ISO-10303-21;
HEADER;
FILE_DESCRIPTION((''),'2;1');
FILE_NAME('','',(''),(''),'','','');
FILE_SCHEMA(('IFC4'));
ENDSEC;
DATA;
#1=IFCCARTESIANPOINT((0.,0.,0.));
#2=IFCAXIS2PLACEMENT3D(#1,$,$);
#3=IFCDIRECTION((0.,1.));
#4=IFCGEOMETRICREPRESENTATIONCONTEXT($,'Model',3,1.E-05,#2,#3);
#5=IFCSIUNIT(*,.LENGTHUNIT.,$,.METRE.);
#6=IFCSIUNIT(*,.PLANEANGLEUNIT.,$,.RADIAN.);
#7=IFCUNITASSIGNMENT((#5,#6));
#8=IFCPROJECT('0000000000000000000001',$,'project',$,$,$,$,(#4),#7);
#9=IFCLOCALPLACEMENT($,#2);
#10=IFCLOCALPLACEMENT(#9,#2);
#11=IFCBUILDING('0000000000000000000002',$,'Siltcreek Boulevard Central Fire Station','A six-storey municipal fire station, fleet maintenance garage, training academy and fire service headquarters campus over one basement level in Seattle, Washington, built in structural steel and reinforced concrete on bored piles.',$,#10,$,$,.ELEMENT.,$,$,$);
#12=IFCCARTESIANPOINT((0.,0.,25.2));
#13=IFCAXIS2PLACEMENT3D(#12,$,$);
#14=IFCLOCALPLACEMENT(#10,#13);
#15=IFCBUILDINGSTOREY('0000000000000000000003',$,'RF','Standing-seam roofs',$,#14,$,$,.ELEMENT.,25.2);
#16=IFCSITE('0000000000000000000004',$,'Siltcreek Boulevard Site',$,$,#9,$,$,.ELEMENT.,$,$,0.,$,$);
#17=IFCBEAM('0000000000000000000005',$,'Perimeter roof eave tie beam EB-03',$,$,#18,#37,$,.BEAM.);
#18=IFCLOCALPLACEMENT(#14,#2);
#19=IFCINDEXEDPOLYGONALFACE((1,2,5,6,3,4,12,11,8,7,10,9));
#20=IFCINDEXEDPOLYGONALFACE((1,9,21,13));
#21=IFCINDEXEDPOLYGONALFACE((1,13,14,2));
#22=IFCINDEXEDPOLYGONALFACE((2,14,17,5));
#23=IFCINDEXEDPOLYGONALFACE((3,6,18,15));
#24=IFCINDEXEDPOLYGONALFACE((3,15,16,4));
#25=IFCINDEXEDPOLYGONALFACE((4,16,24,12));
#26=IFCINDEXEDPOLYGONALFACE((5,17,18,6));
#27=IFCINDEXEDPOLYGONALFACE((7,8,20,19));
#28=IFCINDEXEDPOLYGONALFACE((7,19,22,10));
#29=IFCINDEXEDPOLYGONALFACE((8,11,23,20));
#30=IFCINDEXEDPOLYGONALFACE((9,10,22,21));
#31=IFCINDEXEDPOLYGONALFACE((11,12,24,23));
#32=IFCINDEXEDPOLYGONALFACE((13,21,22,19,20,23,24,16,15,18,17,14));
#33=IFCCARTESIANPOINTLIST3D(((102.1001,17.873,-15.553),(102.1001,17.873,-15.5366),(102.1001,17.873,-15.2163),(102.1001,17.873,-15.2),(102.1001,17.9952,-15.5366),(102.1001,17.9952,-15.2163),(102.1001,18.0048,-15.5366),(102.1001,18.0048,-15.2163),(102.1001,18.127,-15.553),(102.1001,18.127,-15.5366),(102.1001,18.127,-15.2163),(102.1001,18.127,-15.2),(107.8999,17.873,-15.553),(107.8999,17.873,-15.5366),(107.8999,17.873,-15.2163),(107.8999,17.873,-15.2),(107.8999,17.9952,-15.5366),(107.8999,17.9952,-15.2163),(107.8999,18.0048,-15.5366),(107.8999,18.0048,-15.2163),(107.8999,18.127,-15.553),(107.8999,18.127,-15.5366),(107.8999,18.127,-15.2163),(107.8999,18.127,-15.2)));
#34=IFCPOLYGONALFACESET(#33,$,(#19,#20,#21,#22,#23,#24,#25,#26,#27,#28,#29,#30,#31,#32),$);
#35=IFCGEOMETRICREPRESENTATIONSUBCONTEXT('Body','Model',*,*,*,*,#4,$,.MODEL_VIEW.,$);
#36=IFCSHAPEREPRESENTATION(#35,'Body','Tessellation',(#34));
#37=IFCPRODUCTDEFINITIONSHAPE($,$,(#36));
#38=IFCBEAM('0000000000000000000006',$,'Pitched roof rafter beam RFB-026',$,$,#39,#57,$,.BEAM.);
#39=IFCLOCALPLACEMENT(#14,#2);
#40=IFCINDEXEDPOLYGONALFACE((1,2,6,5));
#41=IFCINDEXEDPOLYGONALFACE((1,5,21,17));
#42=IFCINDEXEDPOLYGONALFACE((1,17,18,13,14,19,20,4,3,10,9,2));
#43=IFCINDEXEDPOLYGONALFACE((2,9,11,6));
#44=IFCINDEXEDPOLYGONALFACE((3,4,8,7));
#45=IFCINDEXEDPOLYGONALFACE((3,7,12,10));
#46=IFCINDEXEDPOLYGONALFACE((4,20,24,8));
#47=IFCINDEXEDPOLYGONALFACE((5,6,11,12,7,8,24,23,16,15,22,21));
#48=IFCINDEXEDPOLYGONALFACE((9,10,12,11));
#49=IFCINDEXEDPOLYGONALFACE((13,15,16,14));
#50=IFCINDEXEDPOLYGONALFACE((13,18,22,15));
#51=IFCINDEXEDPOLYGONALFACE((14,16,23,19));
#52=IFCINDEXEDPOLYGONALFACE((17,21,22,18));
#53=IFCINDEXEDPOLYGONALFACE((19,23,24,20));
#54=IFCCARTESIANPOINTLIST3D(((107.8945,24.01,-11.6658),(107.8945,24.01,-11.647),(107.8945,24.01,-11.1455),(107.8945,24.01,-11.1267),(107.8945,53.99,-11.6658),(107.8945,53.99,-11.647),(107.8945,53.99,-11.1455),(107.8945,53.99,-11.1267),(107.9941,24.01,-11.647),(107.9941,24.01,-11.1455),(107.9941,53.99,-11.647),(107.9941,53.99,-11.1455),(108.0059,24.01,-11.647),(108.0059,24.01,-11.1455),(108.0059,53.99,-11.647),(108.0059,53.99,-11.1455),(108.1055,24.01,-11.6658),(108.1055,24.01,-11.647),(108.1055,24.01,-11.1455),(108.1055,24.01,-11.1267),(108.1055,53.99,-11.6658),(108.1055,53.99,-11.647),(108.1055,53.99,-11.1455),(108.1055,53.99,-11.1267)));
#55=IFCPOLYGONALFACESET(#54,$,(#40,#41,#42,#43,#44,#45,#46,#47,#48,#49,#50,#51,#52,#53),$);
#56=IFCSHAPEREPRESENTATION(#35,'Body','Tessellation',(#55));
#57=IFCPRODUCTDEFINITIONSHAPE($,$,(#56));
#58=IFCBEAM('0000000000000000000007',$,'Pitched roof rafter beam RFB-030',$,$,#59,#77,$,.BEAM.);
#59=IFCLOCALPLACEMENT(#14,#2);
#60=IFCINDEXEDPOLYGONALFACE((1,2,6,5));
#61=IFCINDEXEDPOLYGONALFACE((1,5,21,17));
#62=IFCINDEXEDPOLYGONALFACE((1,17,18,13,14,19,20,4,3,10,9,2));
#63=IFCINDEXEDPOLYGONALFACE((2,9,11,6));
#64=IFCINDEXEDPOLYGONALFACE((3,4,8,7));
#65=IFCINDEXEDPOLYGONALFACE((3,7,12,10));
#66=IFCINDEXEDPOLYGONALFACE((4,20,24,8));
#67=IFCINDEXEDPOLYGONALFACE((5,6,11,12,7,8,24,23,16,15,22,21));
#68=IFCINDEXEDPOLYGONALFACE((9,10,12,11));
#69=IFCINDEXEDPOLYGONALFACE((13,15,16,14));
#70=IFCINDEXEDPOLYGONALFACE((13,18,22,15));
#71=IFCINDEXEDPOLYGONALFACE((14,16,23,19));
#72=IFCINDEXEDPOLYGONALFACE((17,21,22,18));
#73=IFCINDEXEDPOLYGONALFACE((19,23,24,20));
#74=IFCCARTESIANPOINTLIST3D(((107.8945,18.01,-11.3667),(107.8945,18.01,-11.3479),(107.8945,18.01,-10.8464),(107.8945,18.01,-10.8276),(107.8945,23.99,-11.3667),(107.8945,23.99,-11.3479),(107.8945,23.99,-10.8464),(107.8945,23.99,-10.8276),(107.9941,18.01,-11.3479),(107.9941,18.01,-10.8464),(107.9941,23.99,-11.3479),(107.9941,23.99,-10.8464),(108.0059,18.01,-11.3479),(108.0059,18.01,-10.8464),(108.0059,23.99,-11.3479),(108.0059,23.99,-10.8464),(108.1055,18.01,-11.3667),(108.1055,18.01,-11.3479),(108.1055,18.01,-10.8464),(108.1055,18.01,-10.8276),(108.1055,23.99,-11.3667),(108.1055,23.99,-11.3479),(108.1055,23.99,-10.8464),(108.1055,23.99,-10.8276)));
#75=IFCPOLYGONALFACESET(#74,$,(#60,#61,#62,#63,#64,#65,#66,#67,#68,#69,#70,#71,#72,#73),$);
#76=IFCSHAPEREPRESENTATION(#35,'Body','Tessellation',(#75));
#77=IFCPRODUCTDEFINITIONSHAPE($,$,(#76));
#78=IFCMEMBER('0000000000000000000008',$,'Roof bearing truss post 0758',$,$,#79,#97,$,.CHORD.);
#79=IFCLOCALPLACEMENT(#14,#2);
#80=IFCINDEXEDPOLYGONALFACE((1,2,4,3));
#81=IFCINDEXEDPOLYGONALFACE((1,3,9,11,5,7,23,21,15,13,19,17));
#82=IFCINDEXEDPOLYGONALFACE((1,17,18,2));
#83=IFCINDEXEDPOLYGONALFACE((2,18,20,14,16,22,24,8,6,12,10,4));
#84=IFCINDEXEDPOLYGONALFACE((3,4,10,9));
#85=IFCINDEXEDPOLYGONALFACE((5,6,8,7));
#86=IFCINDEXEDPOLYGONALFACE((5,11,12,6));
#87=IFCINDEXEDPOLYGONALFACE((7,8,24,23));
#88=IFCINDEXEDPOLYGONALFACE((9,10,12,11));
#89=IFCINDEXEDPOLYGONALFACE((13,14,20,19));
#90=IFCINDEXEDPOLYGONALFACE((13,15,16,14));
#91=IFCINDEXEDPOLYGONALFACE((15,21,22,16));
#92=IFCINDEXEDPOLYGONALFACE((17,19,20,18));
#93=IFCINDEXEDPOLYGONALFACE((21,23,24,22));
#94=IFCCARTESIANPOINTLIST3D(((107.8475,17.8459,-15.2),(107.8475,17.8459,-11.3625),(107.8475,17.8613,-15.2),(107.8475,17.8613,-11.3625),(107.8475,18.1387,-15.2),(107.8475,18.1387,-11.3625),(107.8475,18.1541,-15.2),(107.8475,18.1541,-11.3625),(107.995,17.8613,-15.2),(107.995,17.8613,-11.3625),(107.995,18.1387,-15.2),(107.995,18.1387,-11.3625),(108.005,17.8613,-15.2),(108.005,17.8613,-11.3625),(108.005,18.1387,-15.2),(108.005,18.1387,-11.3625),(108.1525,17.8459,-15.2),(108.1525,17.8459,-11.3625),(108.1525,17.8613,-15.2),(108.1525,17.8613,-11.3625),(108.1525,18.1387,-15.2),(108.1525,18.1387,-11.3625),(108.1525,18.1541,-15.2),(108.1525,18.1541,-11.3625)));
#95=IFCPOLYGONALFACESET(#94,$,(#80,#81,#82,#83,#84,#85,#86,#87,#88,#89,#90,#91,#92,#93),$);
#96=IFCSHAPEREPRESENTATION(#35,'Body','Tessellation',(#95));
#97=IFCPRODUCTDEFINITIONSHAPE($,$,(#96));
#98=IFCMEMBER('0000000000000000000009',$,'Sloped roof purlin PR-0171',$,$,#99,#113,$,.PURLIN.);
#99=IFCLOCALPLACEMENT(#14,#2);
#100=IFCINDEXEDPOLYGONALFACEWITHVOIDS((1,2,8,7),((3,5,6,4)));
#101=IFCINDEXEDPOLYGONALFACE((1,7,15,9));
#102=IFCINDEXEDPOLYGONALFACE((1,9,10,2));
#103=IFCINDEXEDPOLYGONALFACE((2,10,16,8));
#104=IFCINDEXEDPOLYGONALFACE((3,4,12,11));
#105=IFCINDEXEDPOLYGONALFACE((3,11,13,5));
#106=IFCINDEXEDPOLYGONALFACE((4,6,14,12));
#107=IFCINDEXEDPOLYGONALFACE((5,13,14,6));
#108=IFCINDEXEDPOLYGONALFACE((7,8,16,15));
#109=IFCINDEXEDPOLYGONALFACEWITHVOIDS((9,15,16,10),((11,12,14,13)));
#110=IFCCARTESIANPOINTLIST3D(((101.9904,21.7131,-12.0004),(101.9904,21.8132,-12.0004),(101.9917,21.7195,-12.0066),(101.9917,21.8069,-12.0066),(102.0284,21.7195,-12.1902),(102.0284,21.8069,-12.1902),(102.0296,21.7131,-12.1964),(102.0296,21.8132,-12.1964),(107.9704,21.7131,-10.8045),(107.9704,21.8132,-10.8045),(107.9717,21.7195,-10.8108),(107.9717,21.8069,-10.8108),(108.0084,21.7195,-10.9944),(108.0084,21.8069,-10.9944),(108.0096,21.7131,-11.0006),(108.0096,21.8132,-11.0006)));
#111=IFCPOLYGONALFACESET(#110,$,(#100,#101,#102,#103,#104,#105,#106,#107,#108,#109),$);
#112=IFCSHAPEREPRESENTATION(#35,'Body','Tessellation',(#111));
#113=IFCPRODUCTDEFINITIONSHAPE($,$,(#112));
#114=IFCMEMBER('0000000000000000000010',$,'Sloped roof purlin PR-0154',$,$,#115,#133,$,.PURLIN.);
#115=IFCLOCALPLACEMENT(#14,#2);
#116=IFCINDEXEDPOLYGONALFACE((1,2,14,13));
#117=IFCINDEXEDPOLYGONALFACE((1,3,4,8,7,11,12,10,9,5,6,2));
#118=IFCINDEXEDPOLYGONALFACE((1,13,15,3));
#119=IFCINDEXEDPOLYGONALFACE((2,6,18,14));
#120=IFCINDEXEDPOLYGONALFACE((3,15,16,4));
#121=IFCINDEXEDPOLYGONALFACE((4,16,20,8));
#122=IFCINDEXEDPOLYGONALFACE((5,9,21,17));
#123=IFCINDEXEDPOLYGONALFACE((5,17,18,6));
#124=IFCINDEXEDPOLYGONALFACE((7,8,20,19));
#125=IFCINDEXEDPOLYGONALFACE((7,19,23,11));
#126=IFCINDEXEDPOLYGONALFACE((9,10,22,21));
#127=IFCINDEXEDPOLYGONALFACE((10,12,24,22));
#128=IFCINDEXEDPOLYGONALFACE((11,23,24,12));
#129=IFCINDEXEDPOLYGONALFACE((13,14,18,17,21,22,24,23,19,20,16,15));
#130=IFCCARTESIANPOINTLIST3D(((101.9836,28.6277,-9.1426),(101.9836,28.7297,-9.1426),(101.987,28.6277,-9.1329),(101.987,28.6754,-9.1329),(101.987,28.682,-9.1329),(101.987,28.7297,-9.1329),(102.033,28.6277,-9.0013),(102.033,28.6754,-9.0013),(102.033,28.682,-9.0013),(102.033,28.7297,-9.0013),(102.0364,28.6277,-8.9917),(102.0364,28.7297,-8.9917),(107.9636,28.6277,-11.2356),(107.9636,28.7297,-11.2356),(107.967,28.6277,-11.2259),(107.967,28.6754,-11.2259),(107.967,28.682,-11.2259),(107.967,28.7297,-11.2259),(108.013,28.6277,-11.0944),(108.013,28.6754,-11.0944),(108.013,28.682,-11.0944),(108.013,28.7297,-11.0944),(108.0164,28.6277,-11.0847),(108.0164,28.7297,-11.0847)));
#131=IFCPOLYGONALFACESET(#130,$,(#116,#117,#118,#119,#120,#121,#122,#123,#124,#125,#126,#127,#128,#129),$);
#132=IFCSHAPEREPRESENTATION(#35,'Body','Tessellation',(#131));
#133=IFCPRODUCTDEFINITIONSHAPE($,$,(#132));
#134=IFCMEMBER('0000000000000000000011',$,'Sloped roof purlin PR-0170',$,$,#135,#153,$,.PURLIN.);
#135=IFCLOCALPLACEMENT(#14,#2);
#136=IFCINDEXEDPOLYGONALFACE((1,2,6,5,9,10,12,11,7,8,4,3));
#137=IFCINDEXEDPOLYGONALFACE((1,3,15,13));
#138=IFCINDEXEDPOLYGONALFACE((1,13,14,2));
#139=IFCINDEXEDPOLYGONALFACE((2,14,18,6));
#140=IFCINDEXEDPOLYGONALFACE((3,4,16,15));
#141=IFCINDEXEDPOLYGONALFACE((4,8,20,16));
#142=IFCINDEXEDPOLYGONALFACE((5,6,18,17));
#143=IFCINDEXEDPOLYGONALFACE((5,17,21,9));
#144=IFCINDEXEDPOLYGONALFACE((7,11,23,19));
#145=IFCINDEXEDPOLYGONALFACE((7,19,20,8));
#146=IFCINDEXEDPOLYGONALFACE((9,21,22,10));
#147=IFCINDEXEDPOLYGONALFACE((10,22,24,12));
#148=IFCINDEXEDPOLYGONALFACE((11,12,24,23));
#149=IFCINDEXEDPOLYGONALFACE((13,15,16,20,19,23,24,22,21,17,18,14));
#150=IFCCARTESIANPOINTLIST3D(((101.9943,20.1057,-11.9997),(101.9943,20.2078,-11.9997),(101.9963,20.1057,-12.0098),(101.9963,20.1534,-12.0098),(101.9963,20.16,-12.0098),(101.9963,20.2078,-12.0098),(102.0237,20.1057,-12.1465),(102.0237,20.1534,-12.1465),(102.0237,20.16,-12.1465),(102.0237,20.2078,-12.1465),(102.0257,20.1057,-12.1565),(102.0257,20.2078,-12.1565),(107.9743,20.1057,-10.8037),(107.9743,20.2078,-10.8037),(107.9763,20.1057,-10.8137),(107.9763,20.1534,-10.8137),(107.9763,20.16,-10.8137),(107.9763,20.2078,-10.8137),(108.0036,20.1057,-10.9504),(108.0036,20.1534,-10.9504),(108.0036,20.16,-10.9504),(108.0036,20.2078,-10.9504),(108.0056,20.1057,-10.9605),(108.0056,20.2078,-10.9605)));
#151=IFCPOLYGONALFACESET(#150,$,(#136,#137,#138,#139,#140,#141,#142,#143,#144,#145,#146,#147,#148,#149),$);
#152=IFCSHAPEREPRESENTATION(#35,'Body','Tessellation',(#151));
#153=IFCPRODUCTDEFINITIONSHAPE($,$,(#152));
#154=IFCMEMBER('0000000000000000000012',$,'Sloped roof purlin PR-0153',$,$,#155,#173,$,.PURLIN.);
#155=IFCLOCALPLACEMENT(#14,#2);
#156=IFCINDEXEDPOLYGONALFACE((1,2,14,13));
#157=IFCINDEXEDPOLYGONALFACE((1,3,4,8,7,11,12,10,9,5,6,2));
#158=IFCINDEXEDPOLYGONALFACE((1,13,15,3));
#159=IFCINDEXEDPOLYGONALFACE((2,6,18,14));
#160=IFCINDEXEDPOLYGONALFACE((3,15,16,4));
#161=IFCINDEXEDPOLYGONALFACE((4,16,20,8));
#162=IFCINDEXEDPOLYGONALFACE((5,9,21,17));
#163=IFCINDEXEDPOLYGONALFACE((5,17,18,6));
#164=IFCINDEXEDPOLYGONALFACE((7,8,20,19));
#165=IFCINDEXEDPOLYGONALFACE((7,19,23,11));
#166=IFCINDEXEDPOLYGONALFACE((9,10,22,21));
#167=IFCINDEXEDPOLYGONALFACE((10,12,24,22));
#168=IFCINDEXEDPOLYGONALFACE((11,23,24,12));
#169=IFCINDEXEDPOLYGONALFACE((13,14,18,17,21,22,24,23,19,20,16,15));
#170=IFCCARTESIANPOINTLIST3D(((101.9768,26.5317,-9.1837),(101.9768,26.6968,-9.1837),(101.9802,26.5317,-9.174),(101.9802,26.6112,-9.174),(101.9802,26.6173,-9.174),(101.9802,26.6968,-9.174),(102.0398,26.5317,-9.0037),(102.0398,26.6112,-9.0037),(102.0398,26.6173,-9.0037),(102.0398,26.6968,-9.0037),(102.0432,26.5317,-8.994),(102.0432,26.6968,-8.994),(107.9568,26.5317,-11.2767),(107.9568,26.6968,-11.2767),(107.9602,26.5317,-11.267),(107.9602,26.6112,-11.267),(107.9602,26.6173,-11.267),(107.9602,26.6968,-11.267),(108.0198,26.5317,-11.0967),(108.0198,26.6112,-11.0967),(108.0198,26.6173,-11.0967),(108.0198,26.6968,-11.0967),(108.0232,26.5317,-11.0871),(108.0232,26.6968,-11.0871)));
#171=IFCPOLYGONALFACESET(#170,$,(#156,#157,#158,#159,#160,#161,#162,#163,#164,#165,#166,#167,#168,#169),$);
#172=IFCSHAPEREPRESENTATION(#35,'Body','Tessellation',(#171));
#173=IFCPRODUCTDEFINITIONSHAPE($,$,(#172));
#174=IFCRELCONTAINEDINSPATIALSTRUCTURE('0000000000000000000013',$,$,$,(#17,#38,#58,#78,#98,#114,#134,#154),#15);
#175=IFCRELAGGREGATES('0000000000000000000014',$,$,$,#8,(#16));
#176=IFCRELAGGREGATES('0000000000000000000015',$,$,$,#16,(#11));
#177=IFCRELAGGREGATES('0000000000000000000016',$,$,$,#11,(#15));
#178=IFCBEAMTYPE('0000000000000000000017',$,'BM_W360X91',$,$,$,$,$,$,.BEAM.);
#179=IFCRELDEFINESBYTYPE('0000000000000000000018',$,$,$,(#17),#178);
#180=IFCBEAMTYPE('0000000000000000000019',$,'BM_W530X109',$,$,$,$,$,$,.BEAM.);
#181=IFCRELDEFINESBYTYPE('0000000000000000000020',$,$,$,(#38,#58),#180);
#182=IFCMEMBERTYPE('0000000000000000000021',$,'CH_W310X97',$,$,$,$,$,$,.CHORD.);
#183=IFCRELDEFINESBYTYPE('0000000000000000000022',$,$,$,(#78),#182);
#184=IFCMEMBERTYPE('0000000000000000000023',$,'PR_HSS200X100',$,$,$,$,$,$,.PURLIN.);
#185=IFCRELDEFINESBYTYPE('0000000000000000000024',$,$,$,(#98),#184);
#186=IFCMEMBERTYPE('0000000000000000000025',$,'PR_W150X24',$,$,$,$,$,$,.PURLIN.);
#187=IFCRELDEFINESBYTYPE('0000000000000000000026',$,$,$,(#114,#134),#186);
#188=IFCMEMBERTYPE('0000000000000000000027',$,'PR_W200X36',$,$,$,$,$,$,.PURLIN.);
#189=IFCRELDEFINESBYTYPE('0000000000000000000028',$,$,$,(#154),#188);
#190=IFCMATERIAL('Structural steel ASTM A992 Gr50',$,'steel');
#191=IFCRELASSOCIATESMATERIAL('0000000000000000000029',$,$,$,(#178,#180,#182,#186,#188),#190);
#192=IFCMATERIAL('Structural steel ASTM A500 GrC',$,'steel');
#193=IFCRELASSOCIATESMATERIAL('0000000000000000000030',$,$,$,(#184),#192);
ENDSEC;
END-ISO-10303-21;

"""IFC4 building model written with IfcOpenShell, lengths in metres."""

from ifc_helpers import new_model, si_unit, direction, frame, origin, origin_2d, place, context, subcontext, project, spatial, hollow_rectangle, i_section, extrude, material, material_profile, profile_set, type_object, element, save


model = new_model("IFC4")

# Units and contexts
model_context = context("Model", 3, precision=1e-05, world=origin(), true_north=direction((0.0, 1.0)))
body_context = subcontext(model_context, "Body", "Model", "MODEL_VIEW")
ifc_project = project(units=[si_unit("LENGTHUNIT", "METRE"), si_unit("PLANEANGLEUNIT", "RADIAN")], contexts=[model_context])

# Site, building, storey
site_placement = place(None, origin())
site = spatial("IfcSite", under=ifc_project, at=site_placement, Name="Siltcreek Boulevard Site", CompositionType="ELEMENT", RefElevation=0.0)
building_placement = place(site_placement, origin())
building = spatial("IfcBuilding", under=site, at=building_placement, Name="Siltcreek Boulevard Central Fire Station", Description="A six-storey municipal fire station, fleet maintenance garage, training academy and fire service headquarters campus over one basement level in Seattle, Washington, built in structural steel and reinforced concrete on bored piles.", CompositionType="ELEMENT")
storey_placement = place(building_placement, frame((0.0, 0.0, 25.2)))
storey = spatial("IfcBuildingStorey", under=building, at=storey_placement, Name="RF", Description="Standing-seam roofs", CompositionType="ELEMENT", Elevation=25.2)

# Beams
ifc_material_1 = material(Name="Structural steel ASTM A992 Gr50", Category="steel")
ifc_material_profile_1 = material_profile(ifc_material_1, i_section(OverallWidth=0.2539, OverallDepth=0.353, WebThickness=0.0095, FlangeThickness=0.0164, at=origin_2d()), Name="W360X91")
ifc_profile_set_1 = profile_set([ifc_material_profile_1], Name="Structural steel ASTM A992 Gr50")
beam_type_1 = type_object("IfcBeamType", Name="BM_W360X91", PredefinedType="BEAM", material=ifc_profile_set_1)
beam_1_placement = place(storey_placement, frame((102.1001, 18.0, -15.3765), z_axis=(1.0, 0.0, 0.0), x_axis=(0.0, 1.0, 0.0)))
element("IfcBeam", 1, at=beam_1_placement, inside=storey, type_object=beam_type_1, Name="Perimeter roof eave tie beam EB-03", PredefinedType="BEAM", context=body_context, shape_type="SweptSolid", body=[
    extrude(i_section(OverallWidth=0.2539, OverallDepth=0.353, WebThickness=0.0095, FlangeThickness=0.0164, at=origin_2d()), origin(), (0.0, 0.0, 1.0), 5.7998),
])
ifc_material_profile_2 = material_profile(ifc_material_1, i_section(OverallWidth=0.2109, OverallDepth=0.5391, WebThickness=0.0117, FlangeThickness=0.0188, at=origin_2d()), Name="W530X109")
ifc_profile_set_2 = profile_set([ifc_material_profile_2], Name="Structural steel ASTM A992 Gr50")
beam_type_2 = type_object("IfcBeamType", Name="BM_W530X109", PredefinedType="BEAM", material=ifc_profile_set_2)
beam_2_placement = place(storey_placement, frame((108.0, 24.01, -11.3962), z_axis=(0.0, 1.0, 0.0), x_axis=(-1.0, 0.0, 0.0)))
element("IfcBeam", 2, at=beam_2_placement, inside=storey, type_object=beam_type_2, Name="Pitched roof rafter beam RFB-026", PredefinedType="BEAM", context=body_context, shape_type="SweptSolid", body=[
    extrude(i_section(OverallWidth=0.2109, OverallDepth=0.5391, WebThickness=0.0117, FlangeThickness=0.0188, at=origin_2d()), origin(), (0.0, 0.0, 1.0), 29.98),
])
beam_3_placement = place(storey_placement, frame((108.0, 18.01, -11.0972), z_axis=(0.0, 1.0, 0.0), x_axis=(-1.0, 0.0, 0.0)))
element("IfcBeam", 3, at=beam_3_placement, inside=storey, type_object=beam_type_2, Name="Pitched roof rafter beam RFB-030", PredefinedType="BEAM", context=body_context, shape_type="SweptSolid", body=[
    extrude(i_section(OverallWidth=0.2109, OverallDepth=0.5391, WebThickness=0.0117, FlangeThickness=0.0188, at=origin_2d()), origin(), (0.0, 0.0, 1.0), 5.98),
])

# Members
ifc_material_profile_3 = material_profile(ifc_material_1, i_section(OverallWidth=0.3049, OverallDepth=0.3081, WebThickness=0.01, FlangeThickness=0.0154, at=origin_2d()), Name="W310X97")
ifc_profile_set_3 = profile_set([ifc_material_profile_3], Name="Structural steel ASTM A992 Gr50")
member_type_1 = type_object("IfcMemberType", Name="CH_W310X97", PredefinedType="CHORD", material=ifc_profile_set_3)
member_1_placement = place(storey_placement, frame((108.0, 18.0, -15.2), z_axis=(0.0, 0.0, 1.0), x_axis=(1.0, 0.0, 0.0)))
element("IfcMember", 4, at=member_1_placement, inside=storey, type_object=member_type_1, Name="Roof bearing truss post 0758", PredefinedType="CHORD", context=body_context, shape_type="SweptSolid", body=[
    extrude(i_section(OverallWidth=0.3049, OverallDepth=0.3081, WebThickness=0.01, FlangeThickness=0.0154, at=origin_2d()), origin(), (0.0, 0.0, 1.0), 3.8374),
])
ifc_material_2 = material(Name="Structural steel ASTM A500 GrC", Category="steel")
ifc_material_profile_4 = material_profile(ifc_material_2, hollow_rectangle(XDim=0.1001, YDim=0.2, WallThickness=0.0063, at=origin_2d()), Name="HSS200X100X6.4")
ifc_profile_set_4 = profile_set([ifc_material_profile_4], Name="Structural steel ASTM A500 GrC")
member_type_2 = type_object("IfcMemberType", Name="PR_HSS200X100", PredefinedType="PURLIN", material=ifc_profile_set_4)
member_2_placement = place(storey_placement, frame((102.01, 21.7632, -12.0984), z_axis=(0.980587, 0.0, 0.196085), x_axis=(0.0, 1.0, 0.0)))
element("IfcMember", 5, at=member_2_placement, inside=storey, type_object=member_type_2, Name="Sloped roof purlin PR-0171", PredefinedType="PURLIN", context=body_context, shape_type="SweptSolid", body=[
    extrude(hollow_rectangle(XDim=0.1001, YDim=0.2, WallThickness=0.0063, at=origin_2d()), origin(), (0.0, 0.0, 1.0), 6.0984),
])
ifc_material_profile_5 = material_profile(ifc_material_1, i_section(OverallWidth=0.1021, OverallDepth=0.1599, WebThickness=0.0066, FlangeThickness=0.0103, at=origin_2d()), Name="W150X24")
ifc_profile_set_5 = profile_set([ifc_material_profile_5], Name="Structural steel ASTM A992 Gr50")
member_type_3 = type_object("IfcMemberType", Name="PR_W150X24", PredefinedType="PURLIN", material=ifc_profile_set_5)
member_3_placement = place(storey_placement, frame((102.01, 28.6787, -9.0671), z_axis=(0.943857, 0.0, -0.330354), x_axis=(0.0, 1.0, 0.0)))
element("IfcMember", 6, at=member_3_placement, inside=storey, type_object=member_type_3, Name="Sloped roof purlin PR-0154", PredefinedType="PURLIN", context=body_context, shape_type="SweptSolid", body=[
    extrude(i_section(OverallWidth=0.1021, OverallDepth=0.1599, WebThickness=0.0066, FlangeThickness=0.0103, at=origin_2d()), origin(), (0.0, 0.0, 1.0), 6.3357),
])
member_4_placement = place(storey_placement, frame((102.01, 20.1567, -12.0781), z_axis=(0.980579, 0.0, 0.196124), x_axis=(0.0, 1.0, 0.0)))
element("IfcMember", 7, at=member_4_placement, inside=storey, type_object=member_type_3, Name="Sloped roof purlin PR-0170", PredefinedType="PURLIN", context=body_context, shape_type="SweptSolid", body=[
    extrude(i_section(OverallWidth=0.1021, OverallDepth=0.1599, WebThickness=0.0066, FlangeThickness=0.0103, at=origin_2d()), origin(), (0.0, 0.0, 1.0), 6.0984),
])
ifc_material_profile_6 = material_profile(ifc_material_1, i_section(OverallWidth=0.165, OverallDepth=0.2009, WebThickness=0.0061, FlangeThickness=0.0103, at=origin_2d()), Name="W200X36")
ifc_profile_set_6 = profile_set([ifc_material_profile_6], Name="Structural steel ASTM A992 Gr50")
member_type_4 = type_object("IfcMemberType", Name="PR_W200X36", PredefinedType="PURLIN", material=ifc_profile_set_6)
member_5_placement = place(storey_placement, frame((102.01, 26.6143, -9.0889), z_axis=(0.943857, 0.0, -0.330354), x_axis=(0.0, 1.0, 0.0)))
element("IfcMember", 8, at=member_5_placement, inside=storey, type_object=member_type_4, Name="Sloped roof purlin PR-0153", PredefinedType="PURLIN", context=body_context, shape_type="SweptSolid", body=[
    extrude(i_section(OverallWidth=0.165, OverallDepth=0.2009, WebThickness=0.0061, FlangeThickness=0.0103, at=origin_2d()), origin(), (0.0, 0.0, 1.0), 6.3357),
])

save(model, "model.ifc")
